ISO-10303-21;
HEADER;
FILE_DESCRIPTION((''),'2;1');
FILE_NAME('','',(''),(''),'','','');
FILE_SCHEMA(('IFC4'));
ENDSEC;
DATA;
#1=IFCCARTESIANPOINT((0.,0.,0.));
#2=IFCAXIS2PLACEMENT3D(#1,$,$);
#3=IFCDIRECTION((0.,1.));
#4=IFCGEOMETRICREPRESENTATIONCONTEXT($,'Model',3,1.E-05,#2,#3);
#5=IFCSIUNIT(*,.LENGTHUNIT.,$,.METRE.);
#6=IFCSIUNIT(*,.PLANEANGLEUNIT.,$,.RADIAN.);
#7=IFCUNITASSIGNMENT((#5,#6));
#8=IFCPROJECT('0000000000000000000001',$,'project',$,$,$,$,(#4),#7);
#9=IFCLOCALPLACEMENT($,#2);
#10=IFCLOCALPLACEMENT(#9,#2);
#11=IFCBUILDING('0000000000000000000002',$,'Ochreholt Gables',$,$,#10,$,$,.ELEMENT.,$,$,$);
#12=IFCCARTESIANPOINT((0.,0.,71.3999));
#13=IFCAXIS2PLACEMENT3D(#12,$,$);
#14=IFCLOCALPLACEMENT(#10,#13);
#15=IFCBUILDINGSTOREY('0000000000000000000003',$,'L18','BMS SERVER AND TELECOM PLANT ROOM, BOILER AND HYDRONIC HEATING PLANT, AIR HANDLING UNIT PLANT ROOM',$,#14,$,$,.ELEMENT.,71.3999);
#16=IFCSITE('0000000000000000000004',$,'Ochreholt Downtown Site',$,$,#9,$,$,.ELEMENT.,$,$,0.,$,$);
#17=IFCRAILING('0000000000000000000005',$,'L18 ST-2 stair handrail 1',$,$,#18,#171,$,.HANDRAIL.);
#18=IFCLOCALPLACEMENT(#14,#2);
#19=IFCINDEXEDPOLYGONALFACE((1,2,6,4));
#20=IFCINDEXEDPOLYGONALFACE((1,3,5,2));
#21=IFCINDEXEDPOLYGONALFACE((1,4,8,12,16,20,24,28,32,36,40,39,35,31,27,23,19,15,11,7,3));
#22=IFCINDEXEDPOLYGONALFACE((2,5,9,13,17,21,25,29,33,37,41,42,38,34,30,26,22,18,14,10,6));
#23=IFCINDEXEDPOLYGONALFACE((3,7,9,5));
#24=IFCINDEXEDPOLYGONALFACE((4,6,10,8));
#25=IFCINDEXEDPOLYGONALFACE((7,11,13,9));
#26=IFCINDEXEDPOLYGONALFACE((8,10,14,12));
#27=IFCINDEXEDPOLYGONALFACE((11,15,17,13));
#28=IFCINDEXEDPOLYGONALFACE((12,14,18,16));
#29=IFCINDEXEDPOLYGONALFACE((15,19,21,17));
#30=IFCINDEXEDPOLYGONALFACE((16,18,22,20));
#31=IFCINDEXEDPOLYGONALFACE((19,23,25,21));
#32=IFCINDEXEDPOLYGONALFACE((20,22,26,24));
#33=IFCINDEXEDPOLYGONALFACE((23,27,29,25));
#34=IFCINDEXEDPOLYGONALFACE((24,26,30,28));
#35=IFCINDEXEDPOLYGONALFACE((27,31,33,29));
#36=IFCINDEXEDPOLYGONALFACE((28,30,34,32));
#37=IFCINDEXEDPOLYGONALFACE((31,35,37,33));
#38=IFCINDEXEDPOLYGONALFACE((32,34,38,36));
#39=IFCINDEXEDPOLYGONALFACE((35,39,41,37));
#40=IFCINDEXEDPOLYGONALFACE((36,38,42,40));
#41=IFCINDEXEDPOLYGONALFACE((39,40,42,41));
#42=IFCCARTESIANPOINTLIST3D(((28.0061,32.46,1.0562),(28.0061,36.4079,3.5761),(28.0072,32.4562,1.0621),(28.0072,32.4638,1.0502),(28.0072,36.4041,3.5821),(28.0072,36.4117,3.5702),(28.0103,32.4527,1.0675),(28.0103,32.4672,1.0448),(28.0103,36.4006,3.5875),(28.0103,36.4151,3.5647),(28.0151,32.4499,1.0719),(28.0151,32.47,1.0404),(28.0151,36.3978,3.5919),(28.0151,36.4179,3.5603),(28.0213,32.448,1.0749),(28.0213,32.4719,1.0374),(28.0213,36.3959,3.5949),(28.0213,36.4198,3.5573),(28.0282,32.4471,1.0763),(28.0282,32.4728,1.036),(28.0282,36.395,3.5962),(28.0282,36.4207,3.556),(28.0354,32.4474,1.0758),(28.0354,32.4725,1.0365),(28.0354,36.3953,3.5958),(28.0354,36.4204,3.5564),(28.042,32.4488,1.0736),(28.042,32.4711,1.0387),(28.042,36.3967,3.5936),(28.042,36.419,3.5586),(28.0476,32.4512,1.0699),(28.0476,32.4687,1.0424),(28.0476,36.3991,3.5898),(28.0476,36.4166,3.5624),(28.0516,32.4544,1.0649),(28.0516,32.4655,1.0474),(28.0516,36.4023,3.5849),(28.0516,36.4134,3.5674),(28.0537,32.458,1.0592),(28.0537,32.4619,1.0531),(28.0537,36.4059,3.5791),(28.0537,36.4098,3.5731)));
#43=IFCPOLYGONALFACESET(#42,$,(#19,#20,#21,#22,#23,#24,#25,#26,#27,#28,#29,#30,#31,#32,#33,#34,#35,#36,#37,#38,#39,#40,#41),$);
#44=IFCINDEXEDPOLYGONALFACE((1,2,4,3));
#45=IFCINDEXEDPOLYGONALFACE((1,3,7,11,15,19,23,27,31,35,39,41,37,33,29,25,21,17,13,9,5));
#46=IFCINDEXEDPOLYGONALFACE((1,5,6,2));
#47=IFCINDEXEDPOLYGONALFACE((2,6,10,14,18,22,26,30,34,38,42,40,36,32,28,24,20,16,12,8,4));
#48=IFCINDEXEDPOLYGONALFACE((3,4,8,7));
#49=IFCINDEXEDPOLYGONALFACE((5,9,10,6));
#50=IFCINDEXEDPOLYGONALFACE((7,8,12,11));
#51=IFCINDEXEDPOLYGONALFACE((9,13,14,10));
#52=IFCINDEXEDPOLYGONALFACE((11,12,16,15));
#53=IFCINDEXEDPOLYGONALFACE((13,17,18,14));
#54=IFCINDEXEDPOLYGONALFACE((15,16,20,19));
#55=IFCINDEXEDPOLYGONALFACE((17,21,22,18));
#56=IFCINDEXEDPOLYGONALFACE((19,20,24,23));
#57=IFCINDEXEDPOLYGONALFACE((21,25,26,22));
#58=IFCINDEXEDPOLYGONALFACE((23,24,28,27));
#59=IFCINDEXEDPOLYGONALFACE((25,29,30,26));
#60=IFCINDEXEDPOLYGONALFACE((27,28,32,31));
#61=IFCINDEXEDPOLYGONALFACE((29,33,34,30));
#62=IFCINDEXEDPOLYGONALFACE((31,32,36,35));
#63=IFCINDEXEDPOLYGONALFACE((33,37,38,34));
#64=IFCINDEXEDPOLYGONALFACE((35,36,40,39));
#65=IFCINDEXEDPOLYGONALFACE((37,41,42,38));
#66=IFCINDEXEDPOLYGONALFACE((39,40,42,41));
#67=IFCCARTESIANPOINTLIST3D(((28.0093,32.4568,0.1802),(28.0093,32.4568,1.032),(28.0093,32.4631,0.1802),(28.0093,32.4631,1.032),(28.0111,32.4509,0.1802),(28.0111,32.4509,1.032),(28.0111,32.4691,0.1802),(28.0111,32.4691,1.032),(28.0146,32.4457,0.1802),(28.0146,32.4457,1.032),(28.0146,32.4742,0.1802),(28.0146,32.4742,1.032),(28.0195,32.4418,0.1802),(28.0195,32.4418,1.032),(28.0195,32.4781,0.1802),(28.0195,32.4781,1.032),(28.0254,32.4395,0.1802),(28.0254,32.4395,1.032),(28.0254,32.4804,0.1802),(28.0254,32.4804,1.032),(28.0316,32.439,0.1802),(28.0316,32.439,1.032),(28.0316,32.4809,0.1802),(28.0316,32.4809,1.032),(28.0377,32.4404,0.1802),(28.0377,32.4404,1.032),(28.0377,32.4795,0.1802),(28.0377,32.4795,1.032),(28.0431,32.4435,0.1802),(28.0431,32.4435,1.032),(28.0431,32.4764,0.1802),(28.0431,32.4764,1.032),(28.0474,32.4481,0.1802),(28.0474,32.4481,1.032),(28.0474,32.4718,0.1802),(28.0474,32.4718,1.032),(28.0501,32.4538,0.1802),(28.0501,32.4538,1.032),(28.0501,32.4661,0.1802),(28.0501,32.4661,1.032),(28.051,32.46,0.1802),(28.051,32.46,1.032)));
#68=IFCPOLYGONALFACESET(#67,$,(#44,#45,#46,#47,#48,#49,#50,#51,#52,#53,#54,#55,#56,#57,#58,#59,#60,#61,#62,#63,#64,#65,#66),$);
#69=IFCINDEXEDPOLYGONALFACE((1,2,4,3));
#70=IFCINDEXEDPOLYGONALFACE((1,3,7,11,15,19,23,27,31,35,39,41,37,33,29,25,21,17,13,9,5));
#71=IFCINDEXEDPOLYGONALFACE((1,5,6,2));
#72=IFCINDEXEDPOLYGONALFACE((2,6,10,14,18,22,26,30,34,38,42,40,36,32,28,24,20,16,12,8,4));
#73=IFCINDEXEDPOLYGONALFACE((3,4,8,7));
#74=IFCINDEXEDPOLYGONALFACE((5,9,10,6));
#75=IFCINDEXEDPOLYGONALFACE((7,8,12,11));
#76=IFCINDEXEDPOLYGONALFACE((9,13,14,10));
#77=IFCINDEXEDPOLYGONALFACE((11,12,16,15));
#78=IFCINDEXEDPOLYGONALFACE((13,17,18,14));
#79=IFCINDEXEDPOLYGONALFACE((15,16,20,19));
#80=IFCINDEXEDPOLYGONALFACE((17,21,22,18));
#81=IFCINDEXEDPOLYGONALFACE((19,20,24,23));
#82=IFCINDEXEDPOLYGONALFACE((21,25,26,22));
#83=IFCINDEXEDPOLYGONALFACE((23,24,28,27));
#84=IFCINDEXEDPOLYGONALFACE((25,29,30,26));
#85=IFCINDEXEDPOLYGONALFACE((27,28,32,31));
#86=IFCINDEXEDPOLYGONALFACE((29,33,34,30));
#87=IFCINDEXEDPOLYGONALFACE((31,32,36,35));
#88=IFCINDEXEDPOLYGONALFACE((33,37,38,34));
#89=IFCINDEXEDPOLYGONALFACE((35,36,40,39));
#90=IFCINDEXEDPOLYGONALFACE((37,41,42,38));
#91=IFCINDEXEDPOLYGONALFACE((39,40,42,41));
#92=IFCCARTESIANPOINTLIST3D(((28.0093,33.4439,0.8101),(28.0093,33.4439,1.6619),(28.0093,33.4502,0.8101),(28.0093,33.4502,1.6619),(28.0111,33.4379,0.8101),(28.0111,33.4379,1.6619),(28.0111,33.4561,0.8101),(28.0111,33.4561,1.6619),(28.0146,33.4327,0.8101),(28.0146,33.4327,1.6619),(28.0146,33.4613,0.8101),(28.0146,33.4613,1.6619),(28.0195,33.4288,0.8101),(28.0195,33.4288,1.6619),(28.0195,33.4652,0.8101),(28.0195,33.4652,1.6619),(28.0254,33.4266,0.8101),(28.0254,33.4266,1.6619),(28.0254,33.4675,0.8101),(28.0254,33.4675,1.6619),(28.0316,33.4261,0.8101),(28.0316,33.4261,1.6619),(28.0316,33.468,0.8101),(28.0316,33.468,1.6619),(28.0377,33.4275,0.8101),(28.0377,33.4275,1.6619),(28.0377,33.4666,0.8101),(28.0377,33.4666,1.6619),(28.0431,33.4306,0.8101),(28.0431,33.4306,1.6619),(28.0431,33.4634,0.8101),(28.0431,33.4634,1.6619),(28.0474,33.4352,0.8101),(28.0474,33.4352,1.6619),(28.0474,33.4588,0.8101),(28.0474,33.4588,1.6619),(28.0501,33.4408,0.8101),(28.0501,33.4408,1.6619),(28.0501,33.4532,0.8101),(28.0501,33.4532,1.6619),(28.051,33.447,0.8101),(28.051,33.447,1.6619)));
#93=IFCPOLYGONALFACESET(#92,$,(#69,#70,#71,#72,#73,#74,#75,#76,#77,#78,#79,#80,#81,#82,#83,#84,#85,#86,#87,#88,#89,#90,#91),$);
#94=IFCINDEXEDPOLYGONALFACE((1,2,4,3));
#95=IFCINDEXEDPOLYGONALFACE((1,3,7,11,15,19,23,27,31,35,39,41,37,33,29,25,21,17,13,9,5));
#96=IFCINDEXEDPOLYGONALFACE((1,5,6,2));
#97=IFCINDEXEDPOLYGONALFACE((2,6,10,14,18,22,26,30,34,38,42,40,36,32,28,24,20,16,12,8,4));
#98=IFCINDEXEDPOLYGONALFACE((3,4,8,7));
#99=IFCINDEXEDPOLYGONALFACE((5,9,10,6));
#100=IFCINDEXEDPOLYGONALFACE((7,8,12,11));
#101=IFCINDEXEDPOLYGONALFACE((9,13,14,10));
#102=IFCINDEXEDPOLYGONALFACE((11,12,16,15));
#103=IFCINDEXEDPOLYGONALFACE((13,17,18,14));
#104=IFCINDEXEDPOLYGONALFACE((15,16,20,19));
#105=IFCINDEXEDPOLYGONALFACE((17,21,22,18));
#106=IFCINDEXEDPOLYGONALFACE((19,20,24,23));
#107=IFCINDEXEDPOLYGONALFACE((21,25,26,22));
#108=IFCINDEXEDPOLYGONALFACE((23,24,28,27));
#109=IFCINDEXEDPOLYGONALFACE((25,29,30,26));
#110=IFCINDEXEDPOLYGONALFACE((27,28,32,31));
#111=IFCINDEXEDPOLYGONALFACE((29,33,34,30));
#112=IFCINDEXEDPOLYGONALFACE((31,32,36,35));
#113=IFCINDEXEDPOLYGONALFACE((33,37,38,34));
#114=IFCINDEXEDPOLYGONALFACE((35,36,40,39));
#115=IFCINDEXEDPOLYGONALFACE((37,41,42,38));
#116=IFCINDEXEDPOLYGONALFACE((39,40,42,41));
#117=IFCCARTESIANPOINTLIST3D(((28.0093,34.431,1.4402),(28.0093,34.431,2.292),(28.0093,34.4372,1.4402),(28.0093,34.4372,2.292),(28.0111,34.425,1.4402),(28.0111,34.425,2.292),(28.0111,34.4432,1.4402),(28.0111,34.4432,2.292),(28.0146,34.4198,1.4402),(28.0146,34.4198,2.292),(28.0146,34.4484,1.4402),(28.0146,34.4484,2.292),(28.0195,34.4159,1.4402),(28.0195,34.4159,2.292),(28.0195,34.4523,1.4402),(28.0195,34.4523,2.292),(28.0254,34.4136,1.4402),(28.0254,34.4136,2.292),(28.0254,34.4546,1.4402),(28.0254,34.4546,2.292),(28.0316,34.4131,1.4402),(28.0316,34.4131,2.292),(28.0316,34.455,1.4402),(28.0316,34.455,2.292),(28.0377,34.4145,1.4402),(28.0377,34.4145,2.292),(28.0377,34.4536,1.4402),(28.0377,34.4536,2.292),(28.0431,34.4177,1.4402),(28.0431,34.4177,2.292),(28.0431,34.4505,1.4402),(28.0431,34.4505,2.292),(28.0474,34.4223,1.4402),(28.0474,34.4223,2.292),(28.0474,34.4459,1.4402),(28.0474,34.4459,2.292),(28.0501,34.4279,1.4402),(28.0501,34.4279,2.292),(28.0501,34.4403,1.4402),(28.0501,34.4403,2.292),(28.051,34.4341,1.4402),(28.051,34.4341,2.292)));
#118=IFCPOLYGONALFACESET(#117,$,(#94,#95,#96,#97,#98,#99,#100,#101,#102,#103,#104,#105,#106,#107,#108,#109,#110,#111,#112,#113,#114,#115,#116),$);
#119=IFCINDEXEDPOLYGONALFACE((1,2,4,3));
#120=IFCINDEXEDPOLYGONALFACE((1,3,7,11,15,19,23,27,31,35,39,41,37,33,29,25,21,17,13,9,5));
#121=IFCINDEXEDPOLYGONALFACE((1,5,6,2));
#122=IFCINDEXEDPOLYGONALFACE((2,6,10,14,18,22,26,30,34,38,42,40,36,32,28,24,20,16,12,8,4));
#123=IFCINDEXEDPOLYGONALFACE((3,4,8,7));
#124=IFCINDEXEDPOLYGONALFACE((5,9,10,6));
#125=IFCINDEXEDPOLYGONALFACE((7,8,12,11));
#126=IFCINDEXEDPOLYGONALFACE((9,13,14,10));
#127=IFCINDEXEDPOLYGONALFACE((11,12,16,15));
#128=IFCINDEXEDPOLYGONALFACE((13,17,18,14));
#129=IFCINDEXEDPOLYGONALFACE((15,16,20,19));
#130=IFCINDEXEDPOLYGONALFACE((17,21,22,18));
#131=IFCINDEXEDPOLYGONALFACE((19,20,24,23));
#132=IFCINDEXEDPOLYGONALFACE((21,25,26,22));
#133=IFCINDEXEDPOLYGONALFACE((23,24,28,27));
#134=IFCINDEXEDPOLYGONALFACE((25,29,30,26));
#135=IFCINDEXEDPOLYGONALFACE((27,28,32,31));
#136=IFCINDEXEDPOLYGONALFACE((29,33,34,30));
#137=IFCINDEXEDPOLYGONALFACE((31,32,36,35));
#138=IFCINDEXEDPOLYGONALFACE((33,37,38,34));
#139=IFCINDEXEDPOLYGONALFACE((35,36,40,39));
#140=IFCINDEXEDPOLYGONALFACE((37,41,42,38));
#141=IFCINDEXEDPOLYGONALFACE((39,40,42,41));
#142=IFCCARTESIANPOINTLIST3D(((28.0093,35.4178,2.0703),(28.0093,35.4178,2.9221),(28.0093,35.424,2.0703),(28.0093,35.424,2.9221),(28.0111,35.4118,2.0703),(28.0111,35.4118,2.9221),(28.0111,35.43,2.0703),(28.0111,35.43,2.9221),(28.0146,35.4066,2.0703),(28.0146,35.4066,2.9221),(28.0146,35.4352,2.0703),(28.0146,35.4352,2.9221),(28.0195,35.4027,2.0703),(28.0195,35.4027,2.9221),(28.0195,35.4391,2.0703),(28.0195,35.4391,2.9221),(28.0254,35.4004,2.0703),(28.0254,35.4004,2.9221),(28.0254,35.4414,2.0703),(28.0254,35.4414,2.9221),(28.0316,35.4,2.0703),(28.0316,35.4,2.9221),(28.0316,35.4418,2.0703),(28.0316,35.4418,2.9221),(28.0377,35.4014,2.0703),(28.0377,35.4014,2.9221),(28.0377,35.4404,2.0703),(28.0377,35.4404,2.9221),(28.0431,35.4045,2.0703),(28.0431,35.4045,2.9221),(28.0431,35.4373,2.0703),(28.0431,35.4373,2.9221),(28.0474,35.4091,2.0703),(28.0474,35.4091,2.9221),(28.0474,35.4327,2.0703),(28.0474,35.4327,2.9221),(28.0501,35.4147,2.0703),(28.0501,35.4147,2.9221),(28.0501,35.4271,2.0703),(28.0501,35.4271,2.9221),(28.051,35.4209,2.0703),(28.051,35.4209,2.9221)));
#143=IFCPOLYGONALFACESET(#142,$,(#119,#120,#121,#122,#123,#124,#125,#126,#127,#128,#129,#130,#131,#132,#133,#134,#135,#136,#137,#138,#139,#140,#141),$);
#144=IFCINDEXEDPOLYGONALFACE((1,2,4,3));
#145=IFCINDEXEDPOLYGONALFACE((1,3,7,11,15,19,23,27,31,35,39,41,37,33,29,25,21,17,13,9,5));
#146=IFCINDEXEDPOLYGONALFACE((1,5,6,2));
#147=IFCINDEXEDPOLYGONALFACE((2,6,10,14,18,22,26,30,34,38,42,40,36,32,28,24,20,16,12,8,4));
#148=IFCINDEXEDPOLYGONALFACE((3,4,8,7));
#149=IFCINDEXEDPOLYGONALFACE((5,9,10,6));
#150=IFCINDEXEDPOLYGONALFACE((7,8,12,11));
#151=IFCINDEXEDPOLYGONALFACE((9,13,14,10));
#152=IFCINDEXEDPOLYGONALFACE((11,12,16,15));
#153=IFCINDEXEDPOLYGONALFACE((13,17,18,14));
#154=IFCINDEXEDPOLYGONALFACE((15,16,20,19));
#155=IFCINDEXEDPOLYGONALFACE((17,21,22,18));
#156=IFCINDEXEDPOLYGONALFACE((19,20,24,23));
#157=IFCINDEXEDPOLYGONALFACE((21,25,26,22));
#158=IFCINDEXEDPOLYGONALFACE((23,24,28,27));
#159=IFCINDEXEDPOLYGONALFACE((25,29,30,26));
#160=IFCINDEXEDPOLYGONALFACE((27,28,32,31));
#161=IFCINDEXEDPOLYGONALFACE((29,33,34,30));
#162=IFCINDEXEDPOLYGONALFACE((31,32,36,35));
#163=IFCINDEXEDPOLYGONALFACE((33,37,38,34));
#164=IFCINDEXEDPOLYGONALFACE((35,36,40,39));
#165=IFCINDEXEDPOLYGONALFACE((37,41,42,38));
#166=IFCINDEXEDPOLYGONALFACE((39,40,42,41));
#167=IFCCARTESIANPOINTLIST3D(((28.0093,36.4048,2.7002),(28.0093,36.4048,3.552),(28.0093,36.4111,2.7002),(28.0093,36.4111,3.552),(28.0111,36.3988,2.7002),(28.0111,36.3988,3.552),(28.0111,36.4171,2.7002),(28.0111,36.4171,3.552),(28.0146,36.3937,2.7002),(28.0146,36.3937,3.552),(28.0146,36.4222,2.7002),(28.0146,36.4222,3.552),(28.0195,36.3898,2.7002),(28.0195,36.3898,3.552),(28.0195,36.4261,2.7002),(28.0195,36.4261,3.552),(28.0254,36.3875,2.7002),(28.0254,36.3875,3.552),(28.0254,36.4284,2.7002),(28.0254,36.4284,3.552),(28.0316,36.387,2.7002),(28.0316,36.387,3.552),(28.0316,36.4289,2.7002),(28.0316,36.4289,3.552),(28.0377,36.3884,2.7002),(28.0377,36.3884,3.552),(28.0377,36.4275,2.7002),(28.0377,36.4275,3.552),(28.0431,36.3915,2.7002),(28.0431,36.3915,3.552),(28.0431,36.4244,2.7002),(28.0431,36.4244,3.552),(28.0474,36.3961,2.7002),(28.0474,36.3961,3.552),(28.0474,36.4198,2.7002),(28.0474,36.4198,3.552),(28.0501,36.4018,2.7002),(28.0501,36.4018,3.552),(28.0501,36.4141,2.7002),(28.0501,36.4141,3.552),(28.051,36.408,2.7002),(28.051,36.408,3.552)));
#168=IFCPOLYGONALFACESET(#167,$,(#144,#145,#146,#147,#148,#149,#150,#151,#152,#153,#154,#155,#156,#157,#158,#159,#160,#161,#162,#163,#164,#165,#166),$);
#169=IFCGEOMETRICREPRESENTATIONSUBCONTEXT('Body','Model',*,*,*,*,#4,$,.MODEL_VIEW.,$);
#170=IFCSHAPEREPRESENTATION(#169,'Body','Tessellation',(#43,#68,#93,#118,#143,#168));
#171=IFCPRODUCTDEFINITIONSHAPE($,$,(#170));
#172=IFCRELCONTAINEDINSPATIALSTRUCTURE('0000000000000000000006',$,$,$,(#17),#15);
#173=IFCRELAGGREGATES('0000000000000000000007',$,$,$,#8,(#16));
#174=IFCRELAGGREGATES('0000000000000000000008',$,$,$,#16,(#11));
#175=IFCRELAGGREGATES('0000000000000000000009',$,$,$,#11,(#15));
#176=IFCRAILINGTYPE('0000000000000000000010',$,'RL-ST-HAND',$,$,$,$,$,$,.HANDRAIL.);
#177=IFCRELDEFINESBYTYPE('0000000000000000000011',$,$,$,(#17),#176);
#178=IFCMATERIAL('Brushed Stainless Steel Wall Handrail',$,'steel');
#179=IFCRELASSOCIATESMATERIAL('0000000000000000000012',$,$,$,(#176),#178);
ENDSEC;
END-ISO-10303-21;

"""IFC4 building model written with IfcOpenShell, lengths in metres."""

from ifc_helpers import new_model, si_unit, direction, frame, origin, origin_2d, place, context, subcontext, project, spatial, circle, extrude, material, type_object, element, save


model = new_model("IFC4")

# Units and contexts
model_context = context("Model", 3, precision=1e-05, world=origin(), true_north=direction((0.0, 1.0)))
body_context = subcontext(model_context, "Body", "Model", "MODEL_VIEW")
ifc_project = project(units=[si_unit("LENGTHUNIT", "METRE"), si_unit("PLANEANGLEUNIT", "RADIAN")], contexts=[model_context])

# Site, building, storey
site_placement = place(None, origin())
site = spatial("IfcSite", under=ifc_project, at=site_placement, Name="Ochreholt Downtown Site", CompositionType="ELEMENT", RefElevation=0.0)
building_placement = place(site_placement, origin())
building = spatial("IfcBuilding", under=site, at=building_placement, Name="Ochreholt Gables", CompositionType="ELEMENT")
storey_placement = place(building_placement, frame((0.0, 0.0, 71.3999)))
storey = spatial("IfcBuildingStorey", under=building, at=storey_placement, Name="L18", Description="BMS SERVER AND TELECOM PLANT ROOM, BOILER AND HYDRONIC HEATING PLANT, AIR HANDLING UNIT PLANT ROOM", CompositionType="ELEMENT", Elevation=71.3999)

# Railing
ifc_material_1 = material(Name="Brushed Stainless Steel Wall Handrail", Category="steel")
railing_type_1 = type_object("IfcRailingType", Name="RL-ST-HAND", PredefinedType="HANDRAIL", material=ifc_material_1)
railing_1_placement = place(storey_placement, frame((28.03, 32.46, 0.1802)))
element("IfcRailing", 1, at=railing_1_placement, inside=storey, type_object=railing_type_1, Name="L18 ST-2 stair handrail 1", PredefinedType="HANDRAIL", context=body_context, shape_type="SweptSolid", body=[
    extrude(circle(Radius=0.0239, at=origin_2d()), frame((0.0, 0.0, 0.876), z_axis=(0.0, 0.84292, 0.538039), x_axis=(-1.0, 0.0, 0.0)), (0.0, 0.0, 1.0), 4.6836),
    extrude(circle(Radius=0.021, at=origin_2d()), origin(), (0.0, 0.0, 1.0), 0.8518),
    extrude(circle(Radius=0.021, at=origin_2d()), frame((0.0, 0.9871, 0.6299)), (0.0, 0.0, 1.0), 0.8518),
    extrude(circle(Radius=0.021, at=origin_2d()), frame((0.0, 1.9741, 1.26)), (0.0, 0.0, 1.0), 0.8518),
    extrude(circle(Radius=0.021, at=origin_2d()), frame((0.0, 2.9609, 1.8901)), (0.0, 0.0, 1.0), 0.8518),
    extrude(circle(Radius=0.021, at=origin_2d()), frame((0.0, 3.948, 2.52)), (0.0, 0.0, 1.0), 0.8518),
])

save(model, "model.ifc")
